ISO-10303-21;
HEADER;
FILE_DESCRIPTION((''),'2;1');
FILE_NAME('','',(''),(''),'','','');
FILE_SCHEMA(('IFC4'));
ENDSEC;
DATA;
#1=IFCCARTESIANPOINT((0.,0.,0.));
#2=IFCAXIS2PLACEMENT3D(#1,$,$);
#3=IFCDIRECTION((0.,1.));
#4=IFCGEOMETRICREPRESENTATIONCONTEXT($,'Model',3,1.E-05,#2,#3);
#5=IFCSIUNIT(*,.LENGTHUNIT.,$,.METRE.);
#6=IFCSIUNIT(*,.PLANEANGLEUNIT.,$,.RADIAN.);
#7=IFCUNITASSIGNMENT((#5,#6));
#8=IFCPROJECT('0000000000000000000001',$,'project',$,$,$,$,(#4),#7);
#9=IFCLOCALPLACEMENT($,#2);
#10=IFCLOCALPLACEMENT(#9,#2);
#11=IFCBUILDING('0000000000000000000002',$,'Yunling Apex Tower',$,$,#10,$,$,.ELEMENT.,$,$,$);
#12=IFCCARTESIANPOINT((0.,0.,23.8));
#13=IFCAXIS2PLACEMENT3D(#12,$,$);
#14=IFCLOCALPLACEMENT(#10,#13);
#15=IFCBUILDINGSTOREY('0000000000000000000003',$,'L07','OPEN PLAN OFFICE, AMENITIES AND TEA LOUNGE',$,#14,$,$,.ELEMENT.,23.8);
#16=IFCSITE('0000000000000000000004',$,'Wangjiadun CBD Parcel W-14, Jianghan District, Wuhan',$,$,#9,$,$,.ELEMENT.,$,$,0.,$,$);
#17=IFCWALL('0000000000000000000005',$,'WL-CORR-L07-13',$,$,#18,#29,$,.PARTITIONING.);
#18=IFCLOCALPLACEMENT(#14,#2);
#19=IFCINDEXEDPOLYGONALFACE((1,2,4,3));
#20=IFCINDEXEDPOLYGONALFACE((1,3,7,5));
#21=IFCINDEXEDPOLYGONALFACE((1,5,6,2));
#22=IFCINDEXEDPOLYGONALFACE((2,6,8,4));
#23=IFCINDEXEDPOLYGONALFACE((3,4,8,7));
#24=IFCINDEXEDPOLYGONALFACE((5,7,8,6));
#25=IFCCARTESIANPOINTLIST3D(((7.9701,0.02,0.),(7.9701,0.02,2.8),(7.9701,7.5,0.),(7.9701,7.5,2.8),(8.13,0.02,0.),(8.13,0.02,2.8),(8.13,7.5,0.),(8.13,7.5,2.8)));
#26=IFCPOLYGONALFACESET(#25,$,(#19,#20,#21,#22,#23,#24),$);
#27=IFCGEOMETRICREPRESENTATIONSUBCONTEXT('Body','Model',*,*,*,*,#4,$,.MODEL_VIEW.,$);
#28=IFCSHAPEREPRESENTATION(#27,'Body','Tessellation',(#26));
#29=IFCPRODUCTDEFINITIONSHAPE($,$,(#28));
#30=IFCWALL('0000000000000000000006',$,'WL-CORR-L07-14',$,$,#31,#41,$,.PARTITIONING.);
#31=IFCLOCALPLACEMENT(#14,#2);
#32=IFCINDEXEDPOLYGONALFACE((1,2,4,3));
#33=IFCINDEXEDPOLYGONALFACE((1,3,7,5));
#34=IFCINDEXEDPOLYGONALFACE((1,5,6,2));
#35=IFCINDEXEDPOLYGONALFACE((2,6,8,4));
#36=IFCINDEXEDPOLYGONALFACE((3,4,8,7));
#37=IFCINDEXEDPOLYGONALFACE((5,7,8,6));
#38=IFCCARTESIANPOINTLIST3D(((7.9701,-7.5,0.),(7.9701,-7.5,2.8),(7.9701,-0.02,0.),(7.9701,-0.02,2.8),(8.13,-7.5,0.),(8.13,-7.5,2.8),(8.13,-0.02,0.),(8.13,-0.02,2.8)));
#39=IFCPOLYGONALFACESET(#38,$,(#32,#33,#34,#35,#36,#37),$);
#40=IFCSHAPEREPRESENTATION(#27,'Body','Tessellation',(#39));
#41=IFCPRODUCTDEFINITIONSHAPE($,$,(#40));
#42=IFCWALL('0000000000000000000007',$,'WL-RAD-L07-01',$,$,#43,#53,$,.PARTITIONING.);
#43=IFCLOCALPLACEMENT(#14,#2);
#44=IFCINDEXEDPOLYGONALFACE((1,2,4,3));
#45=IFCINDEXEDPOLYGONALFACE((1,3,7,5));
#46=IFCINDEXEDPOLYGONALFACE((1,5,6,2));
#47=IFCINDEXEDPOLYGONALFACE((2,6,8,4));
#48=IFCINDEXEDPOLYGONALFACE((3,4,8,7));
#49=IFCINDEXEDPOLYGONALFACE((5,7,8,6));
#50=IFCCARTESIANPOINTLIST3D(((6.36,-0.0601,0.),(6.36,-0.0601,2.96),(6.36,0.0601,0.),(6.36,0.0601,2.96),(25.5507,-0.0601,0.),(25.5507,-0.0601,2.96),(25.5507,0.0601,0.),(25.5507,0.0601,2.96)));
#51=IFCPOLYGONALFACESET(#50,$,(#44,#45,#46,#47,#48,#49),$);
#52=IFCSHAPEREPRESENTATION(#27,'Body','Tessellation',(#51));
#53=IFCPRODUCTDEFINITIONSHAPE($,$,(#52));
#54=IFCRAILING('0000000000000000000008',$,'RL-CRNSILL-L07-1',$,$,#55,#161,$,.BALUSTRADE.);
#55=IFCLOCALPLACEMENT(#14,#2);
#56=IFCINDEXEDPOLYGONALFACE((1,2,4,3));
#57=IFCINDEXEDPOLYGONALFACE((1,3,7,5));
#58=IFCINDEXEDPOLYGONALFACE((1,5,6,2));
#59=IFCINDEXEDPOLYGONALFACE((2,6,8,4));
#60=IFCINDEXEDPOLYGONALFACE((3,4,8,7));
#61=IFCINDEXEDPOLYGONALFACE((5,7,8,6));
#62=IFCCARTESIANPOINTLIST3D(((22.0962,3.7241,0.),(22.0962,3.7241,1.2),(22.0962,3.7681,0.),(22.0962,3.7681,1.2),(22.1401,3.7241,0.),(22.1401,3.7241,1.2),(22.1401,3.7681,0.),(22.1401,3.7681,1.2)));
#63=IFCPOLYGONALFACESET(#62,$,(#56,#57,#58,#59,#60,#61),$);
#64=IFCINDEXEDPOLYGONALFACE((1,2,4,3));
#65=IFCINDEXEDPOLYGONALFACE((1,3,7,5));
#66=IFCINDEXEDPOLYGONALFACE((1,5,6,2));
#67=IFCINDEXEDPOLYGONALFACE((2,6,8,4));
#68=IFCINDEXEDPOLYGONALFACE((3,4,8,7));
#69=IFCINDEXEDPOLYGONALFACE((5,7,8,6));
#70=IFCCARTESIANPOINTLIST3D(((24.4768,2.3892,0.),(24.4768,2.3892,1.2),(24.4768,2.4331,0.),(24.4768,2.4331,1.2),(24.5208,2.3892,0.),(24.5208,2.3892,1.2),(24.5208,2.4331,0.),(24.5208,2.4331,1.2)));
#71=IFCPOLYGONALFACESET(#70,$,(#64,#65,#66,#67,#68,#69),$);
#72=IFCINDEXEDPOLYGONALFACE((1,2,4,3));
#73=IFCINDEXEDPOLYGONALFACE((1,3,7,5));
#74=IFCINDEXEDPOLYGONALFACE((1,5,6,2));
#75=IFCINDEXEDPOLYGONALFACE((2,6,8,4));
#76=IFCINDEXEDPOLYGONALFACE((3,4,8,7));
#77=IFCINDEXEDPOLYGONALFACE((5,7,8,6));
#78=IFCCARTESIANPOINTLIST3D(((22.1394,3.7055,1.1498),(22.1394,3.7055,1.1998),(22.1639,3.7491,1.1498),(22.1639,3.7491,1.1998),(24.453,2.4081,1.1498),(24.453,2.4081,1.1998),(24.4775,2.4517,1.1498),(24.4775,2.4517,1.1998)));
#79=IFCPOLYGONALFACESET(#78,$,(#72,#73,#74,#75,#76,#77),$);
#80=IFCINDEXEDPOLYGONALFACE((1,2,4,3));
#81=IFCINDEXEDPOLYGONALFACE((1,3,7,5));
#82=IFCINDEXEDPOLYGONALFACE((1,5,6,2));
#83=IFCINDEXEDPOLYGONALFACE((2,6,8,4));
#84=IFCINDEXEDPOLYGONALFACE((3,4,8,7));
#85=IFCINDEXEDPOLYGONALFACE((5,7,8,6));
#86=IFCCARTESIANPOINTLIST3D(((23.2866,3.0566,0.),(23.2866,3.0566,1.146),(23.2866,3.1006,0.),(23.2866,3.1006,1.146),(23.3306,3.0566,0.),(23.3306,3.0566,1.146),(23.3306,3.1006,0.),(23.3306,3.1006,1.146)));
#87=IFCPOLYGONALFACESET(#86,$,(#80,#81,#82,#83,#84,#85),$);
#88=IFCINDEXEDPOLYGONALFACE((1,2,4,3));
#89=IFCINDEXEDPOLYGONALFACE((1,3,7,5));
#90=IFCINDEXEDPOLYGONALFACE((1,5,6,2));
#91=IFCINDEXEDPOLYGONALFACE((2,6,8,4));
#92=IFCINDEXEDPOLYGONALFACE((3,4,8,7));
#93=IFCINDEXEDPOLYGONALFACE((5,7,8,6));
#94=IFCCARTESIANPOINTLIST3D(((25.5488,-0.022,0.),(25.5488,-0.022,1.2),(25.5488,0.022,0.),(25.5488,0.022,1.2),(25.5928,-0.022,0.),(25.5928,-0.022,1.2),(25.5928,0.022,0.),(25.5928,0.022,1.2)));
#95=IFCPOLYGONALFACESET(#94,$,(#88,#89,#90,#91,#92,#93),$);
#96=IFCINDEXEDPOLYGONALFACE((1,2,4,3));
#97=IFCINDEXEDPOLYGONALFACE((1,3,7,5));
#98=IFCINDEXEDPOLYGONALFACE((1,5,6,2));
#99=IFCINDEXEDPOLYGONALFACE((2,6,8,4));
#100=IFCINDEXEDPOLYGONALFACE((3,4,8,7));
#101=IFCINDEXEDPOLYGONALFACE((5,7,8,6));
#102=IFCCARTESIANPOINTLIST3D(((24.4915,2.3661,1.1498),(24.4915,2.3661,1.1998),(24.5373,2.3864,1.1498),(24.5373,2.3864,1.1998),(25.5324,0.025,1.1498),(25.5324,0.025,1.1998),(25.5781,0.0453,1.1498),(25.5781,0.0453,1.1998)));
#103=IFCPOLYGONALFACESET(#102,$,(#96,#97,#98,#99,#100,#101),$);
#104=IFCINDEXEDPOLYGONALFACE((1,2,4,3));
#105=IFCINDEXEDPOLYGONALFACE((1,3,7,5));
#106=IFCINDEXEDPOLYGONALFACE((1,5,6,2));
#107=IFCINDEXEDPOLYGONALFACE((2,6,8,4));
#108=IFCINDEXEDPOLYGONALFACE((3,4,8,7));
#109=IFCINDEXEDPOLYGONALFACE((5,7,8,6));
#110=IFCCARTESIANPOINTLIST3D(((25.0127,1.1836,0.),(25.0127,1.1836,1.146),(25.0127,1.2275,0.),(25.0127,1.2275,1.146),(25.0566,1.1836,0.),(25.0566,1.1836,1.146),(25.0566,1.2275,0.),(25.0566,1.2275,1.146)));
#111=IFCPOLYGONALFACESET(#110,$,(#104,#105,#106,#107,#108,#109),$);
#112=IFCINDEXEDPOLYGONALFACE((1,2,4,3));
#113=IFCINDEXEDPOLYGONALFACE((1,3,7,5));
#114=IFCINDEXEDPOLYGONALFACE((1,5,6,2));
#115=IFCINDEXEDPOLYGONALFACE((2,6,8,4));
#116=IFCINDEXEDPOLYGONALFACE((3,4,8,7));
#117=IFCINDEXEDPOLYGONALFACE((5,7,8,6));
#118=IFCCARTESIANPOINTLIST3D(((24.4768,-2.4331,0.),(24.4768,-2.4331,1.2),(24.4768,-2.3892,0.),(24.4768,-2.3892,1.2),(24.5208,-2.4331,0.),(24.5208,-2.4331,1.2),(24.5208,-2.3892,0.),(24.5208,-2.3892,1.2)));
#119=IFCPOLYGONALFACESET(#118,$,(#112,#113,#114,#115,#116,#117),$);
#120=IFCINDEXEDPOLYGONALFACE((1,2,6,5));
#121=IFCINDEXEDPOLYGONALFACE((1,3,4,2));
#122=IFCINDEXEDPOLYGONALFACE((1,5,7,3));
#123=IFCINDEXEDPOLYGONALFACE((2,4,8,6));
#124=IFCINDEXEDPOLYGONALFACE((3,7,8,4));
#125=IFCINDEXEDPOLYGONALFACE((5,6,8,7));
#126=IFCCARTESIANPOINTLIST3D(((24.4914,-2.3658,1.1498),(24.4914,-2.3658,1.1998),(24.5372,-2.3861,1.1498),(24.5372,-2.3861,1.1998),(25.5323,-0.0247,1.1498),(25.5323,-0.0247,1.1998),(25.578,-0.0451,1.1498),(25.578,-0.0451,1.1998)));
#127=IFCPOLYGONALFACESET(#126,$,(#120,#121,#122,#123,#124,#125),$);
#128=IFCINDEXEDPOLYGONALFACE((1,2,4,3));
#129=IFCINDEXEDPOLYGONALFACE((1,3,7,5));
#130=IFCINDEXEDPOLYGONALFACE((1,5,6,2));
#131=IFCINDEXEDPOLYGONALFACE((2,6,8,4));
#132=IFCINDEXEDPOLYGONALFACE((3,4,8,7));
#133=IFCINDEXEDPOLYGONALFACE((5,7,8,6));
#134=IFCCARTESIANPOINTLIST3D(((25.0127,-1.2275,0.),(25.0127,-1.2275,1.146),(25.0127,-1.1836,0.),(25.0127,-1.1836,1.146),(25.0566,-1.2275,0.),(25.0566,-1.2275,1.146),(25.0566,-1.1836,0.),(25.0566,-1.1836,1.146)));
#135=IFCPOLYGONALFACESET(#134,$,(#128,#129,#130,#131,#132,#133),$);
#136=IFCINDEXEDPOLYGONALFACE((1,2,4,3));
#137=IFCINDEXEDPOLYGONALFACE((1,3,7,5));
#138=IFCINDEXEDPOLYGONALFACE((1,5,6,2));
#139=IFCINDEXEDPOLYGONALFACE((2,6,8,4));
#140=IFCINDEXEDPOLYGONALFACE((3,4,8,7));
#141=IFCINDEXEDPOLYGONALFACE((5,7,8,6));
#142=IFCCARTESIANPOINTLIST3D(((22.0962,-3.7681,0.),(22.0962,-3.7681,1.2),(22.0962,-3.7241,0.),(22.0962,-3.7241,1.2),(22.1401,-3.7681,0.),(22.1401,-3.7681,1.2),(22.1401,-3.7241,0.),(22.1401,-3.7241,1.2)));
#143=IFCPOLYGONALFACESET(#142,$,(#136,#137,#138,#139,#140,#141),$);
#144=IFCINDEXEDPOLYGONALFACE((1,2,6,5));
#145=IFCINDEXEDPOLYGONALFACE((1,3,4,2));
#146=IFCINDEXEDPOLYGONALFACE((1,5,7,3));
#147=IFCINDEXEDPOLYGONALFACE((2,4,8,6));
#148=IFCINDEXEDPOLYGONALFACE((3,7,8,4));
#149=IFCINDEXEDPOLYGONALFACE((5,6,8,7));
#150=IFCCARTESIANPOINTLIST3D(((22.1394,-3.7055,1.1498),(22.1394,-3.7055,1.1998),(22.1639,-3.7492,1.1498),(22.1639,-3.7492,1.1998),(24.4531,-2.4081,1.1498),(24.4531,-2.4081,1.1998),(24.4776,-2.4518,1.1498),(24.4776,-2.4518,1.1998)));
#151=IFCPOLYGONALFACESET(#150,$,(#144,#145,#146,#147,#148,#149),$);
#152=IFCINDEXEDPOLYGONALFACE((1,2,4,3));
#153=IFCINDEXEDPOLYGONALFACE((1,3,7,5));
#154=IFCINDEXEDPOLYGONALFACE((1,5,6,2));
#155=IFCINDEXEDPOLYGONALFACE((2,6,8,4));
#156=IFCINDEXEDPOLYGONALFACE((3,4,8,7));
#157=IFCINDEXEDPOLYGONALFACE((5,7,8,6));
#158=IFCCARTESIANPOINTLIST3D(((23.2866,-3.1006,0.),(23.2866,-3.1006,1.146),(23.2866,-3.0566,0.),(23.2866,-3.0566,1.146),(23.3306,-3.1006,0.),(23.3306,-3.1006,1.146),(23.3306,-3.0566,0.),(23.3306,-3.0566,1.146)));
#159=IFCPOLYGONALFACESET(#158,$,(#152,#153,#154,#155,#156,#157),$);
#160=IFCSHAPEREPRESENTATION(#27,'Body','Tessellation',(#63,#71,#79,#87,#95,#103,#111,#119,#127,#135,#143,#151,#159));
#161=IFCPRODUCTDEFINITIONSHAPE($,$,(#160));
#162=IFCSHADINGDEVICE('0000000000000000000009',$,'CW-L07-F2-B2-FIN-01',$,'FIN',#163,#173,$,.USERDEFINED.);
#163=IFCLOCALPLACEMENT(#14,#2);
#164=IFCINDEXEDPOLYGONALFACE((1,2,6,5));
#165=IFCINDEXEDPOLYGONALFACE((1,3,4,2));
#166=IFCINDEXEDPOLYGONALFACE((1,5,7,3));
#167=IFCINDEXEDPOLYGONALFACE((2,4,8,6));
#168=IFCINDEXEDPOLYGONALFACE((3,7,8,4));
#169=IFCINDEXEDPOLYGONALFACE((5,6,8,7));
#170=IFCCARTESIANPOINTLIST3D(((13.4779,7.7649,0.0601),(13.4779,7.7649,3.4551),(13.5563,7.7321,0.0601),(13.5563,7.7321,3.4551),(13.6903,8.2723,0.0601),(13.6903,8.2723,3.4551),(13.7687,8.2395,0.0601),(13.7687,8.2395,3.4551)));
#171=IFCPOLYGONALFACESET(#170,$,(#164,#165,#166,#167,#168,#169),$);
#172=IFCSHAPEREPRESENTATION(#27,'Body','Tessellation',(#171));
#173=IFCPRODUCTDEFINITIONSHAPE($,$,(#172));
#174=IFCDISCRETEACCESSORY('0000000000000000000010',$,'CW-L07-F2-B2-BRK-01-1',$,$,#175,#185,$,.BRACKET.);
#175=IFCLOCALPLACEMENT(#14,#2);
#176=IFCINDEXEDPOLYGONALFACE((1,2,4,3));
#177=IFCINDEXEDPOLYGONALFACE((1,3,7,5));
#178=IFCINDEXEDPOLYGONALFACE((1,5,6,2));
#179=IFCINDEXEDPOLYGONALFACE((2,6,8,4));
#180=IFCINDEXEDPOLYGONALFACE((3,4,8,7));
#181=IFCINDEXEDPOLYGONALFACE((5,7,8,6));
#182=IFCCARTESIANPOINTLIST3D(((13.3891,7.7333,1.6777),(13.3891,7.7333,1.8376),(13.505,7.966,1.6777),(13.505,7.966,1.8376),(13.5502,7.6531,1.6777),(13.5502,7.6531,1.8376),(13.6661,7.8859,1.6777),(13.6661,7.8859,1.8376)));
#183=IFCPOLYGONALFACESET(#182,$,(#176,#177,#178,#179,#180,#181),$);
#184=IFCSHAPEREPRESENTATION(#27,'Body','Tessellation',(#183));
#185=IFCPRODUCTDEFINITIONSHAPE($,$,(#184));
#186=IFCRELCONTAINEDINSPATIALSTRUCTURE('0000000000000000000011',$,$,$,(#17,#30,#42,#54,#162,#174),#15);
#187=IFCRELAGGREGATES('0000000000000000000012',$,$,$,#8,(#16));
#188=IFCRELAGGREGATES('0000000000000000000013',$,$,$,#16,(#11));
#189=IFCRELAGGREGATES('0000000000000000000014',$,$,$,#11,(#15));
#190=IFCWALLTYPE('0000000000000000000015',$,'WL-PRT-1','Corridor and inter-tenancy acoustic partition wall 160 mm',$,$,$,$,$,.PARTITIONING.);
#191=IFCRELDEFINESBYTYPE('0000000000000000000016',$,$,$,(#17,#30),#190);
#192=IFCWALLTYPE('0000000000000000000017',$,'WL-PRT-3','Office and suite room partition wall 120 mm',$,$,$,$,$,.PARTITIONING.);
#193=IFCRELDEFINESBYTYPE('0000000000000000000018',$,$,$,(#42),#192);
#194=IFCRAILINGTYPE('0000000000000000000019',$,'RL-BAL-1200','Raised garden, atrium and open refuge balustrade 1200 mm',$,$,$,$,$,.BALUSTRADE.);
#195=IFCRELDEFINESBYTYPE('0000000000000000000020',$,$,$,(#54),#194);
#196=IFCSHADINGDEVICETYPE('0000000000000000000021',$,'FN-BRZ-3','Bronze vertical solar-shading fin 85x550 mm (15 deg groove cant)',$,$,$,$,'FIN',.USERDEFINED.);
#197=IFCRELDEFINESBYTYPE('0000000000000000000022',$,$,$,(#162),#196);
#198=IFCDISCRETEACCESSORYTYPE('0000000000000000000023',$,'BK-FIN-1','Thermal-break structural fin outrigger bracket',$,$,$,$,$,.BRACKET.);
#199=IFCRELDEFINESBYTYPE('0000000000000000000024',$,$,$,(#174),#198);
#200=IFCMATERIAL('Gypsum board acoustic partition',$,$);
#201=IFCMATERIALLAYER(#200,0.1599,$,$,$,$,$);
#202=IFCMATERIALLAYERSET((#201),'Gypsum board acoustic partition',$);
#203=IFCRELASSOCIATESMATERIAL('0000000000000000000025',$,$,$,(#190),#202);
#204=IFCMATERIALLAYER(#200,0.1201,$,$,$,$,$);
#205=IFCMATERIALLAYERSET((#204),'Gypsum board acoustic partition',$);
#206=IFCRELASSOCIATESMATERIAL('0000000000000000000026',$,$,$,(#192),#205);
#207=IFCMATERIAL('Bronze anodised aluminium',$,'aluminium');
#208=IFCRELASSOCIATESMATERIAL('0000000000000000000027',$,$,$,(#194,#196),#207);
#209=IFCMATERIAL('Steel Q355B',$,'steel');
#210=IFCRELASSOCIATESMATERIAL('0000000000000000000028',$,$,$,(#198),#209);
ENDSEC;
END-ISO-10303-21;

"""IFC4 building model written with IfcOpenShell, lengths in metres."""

from ifc_helpers import new_model, si_unit, direction, frame, frame_2d, origin, origin_2d, place, context, subcontext, project, spatial, rectangle, extrude, source, transform, mapped, material, layer, layer_set, material_profile, profile_set, type_object, element, save


model = new_model("IFC4")

# Units and contexts
model_context = context("Model", 3, precision=1e-05, world=origin(), true_north=direction((0.0, 1.0)))
body_context = subcontext(model_context, "Body", "Model", "MODEL_VIEW")
ifc_project = project(units=[si_unit("LENGTHUNIT", "METRE"), si_unit("PLANEANGLEUNIT", "RADIAN")], contexts=[model_context])

# Site, building, storey
site_placement = place(None, origin())
site = spatial("IfcSite", under=ifc_project, at=site_placement, Name="Wangjiadun CBD Parcel W-14, Jianghan District, Wuhan", CompositionType="ELEMENT", RefElevation=0.0)
building_placement = place(site_placement, origin())
building = spatial("IfcBuilding", under=site, at=building_placement, Name="Yunling Apex Tower", CompositionType="ELEMENT")
storey_placement = place(building_placement, frame((0.0, 0.0, 23.8)))
storey = spatial("IfcBuildingStorey", under=building, at=storey_placement, Name="L07", Description="OPEN PLAN OFFICE, AMENITIES AND TEA LOUNGE", CompositionType="ELEMENT", Elevation=23.8)

# Shared definitions
ifc_material_1 = material(Name="Steel Q355B", Category="steel")

# Shared definitions
ifc_material_2 = material(Name="Bronze anodised aluminium", Category="aluminium")

# Walls
ifc_material_3 = material(Name="Gypsum board acoustic partition")
ifc_layer_1 = layer(ifc_material_3, 0.1599)
ifc_layer_set_1 = layer_set([ifc_layer_1], Name="Gypsum board acoustic partition")
wall_type_1 = type_object("IfcWallType", Name="WL-PRT-1", Description="Corridor and inter-tenancy acoustic partition wall 160 mm", PredefinedType="PARTITIONING", material=ifc_layer_set_1)
for number, where, z_axis, x_axis, name in (
    (1, (8.05, 7.5, 0.0), (0.0, 0.0, 1.0), (0.0, -1.0, 0.0), "WL-CORR-L07-13"),
    (2, (8.05, -0.02, 0.0), (0.0, 0.0, 1.0), (0.0, -1.0, 0.0), "WL-CORR-L07-14"),
):
    element("IfcWall", number, at=place(storey_placement, frame(where, z_axis=z_axis, x_axis=x_axis)), inside=storey, type_object=wall_type_1, Name=name, PredefinedType="PARTITIONING", context=body_context, shape_type="SweptSolid", body=[
        extrude(rectangle(XDim=7.48, YDim=0.1599, at=frame_2d((3.74, 0.0))), origin(), (0.0, 0.0, 1.0), 2.8),
    ])
ifc_layer_2 = layer(ifc_material_3, 0.1201)
ifc_layer_set_2 = layer_set([ifc_layer_2], Name="Gypsum board acoustic partition")
wall_type_2 = type_object("IfcWallType", Name="WL-PRT-3", Description="Office and suite room partition wall 120 mm", PredefinedType="PARTITIONING", material=ifc_layer_set_2)
wall_1_placement = place(storey_placement, frame((6.3601, 0.0, 0.0), z_axis=(0.0, 0.0, 1.0), x_axis=(1.0, 0.0, 0.0)))
element("IfcWall", 3, at=wall_1_placement, inside=storey, type_object=wall_type_2, Name="WL-RAD-L07-01", PredefinedType="PARTITIONING", context=body_context, shape_type="SweptSolid", body=[
    extrude(rectangle(XDim=19.1907, YDim=0.1201, at=frame_2d((9.5952, 0.0))), origin(), (0.0, 0.0, 1.0), 2.96),
])

# Railing
railing_type = type_object("IfcRailingType", Name="RL-BAL-1200", Description="Raised garden, atrium and open refuge balustrade 1200 mm", PredefinedType="BALUSTRADE", material=ifc_material_2)
railing_placement = place(storey_placement, frame((22.1182, 3.7461, 0.0)))
element("IfcRailing", 4, at=railing_placement, inside=storey, type_object=railing_type, Name="RL-CRNSILL-L07-1", PredefinedType="BALUSTRADE", context=body_context, shape_type="SweptSolid", body=[
    extrude(rectangle(XDim=0.0439, YDim=0.0439, at=origin_2d()), origin(), (0.0, 0.0, 1.0), 1.2),
    extrude(rectangle(XDim=0.0439, YDim=0.0439, at=origin_2d()), frame((2.3806, -1.335, 0.0)), (0.0, 0.0, 1.0), 1.2),
    extrude(rectangle(XDim=0.05, YDim=0.05, at=origin_2d()), frame((0.0334, -0.0188, 1.1748), z_axis=(0.872222, -0.48911, 0.0), x_axis=(0.48911, 0.872222, 0.0)), (0.0, 0.0, 1.0), 2.6526),
    extrude(rectangle(XDim=0.0439, YDim=0.0439, at=origin_2d()), frame((1.1904, -0.6675, 0.0)), (0.0, 0.0, 1.0), 1.146),
    extrude(rectangle(XDim=0.0439, YDim=0.0439, at=origin_2d()), frame((3.4526, -3.7461, 0.0)), (0.0, 0.0, 1.0), 1.2),
    extrude(rectangle(XDim=0.05, YDim=0.05, at=origin_2d()), frame((2.3962, -1.3699, 1.1748), z_axis=(0.406267, -0.913754, 0.0), x_axis=(0.913754, 0.406267, 0.0)), (0.0, 0.0, 1.0), 2.562),
    extrude(rectangle(XDim=0.0439, YDim=0.0439, at=origin_2d()), frame((2.9165, -2.5405, 0.0)), (0.0, 0.0, 1.0), 1.146),
    extrude(rectangle(XDim=0.0439, YDim=0.0439, at=origin_2d()), frame((2.3806, -6.1572, 0.0)), (0.0, 0.0, 1.0), 1.2),
    extrude(rectangle(XDim=0.05, YDim=0.05, at=origin_2d()), frame((3.437, -3.781, 1.1748), z_axis=(-0.406267, -0.913754, 0.0), x_axis=(0.913754, -0.406267, 0.0)), (0.0, 0.0, 1.0), 2.562),
    extrude(rectangle(XDim=0.0439, YDim=0.0439, at=origin_2d()), frame((2.9165, -4.9517, 0.0)), (0.0, 0.0, 1.0), 1.146),
    extrude(rectangle(XDim=0.0439, YDim=0.0439, at=origin_2d()), frame((0.0, -7.4922, 0.0)), (0.0, 0.0, 1.0), 1.2),
    extrude(rectangle(XDim=0.05, YDim=0.05, at=origin_2d()), frame((2.3472, -6.176, 1.1748), z_axis=(-0.872222, -0.48911, 0.0), x_axis=(0.48911, -0.872222, 0.0)), (0.0, 0.0, 1.0), 2.6526),
    extrude(rectangle(XDim=0.0439, YDim=0.0439, at=origin_2d()), frame((1.1904, -6.8247, 0.0)), (0.0, 0.0, 1.0), 1.146),
])

# Shading device
ifc_material_profile_1 = material_profile(ifc_material_2, rectangle(XDim=0.085, YDim=0.55, at=origin_2d()))
ifc_profile_set_1 = profile_set([ifc_material_profile_1], Name="Bronze anodised aluminium")
shading_device_type = type_object("IfcShadingDeviceType", Name="FN-BRZ-3", Description="Bronze vertical solar-shading fin 85x550 mm (15 deg groove cant)", ElementType="FIN", PredefinedType="USERDEFINED", material=ifc_profile_set_1)
shared_shape_1 = source(origin(), body_context, "Body", "SweptSolid", [
    extrude(rectangle(XDim=0.085, YDim=0.55, at=origin_2d()), origin(), (0.0, 0.0, 1.0), 3.395),
])
shading_device_placement = place(storey_placement, frame((13.6233, 8.0022, 0.0601), z_axis=(0.0, 0.0, 1.0), x_axis=(-0.922471, 0.386067, 0.0)))
element("IfcShadingDevice", 5, at=shading_device_placement, inside=storey, type_object=shading_device_type, Name="CW-L07-F2-B2-FIN-01", ObjectType="FIN", PredefinedType="USERDEFINED", context=body_context, shape_type="MappedRepresentation", body=[
    mapped(shared_shape_1, transform((0.0, 0.0, 0.0), scale=1.0)),
])

# Discrete accessory
discrete_accessory_type = type_object("IfcDiscreteAccessoryType", Name="BK-FIN-1", Description="Thermal-break structural fin outrigger bracket", PredefinedType="BRACKET", material=ifc_material_1)
shared_shape_2 = source(origin(), body_context, "Body", "SweptSolid", [
    extrude(rectangle(XDim=0.1799, YDim=0.26, at=origin_2d()), origin(), (0.0, 0.0, 1.0), 0.1599),
])
discrete_accessory_placement = place(storey_placement, frame((13.5276, 7.8096, 1.6777), z_axis=(0.0, 0.0, 1.0), x_axis=(-0.895246, 0.445573, 0.0)))
element("IfcDiscreteAccessory", 6, at=discrete_accessory_placement, inside=storey, type_object=discrete_accessory_type, Name="CW-L07-F2-B2-BRK-01-1", PredefinedType="BRACKET", context=body_context, shape_type="MappedRepresentation", body=[
    mapped(shared_shape_2, transform((0.0, 0.0, 0.0), scale=1.0)),
])

save(model, "model.ifc")
